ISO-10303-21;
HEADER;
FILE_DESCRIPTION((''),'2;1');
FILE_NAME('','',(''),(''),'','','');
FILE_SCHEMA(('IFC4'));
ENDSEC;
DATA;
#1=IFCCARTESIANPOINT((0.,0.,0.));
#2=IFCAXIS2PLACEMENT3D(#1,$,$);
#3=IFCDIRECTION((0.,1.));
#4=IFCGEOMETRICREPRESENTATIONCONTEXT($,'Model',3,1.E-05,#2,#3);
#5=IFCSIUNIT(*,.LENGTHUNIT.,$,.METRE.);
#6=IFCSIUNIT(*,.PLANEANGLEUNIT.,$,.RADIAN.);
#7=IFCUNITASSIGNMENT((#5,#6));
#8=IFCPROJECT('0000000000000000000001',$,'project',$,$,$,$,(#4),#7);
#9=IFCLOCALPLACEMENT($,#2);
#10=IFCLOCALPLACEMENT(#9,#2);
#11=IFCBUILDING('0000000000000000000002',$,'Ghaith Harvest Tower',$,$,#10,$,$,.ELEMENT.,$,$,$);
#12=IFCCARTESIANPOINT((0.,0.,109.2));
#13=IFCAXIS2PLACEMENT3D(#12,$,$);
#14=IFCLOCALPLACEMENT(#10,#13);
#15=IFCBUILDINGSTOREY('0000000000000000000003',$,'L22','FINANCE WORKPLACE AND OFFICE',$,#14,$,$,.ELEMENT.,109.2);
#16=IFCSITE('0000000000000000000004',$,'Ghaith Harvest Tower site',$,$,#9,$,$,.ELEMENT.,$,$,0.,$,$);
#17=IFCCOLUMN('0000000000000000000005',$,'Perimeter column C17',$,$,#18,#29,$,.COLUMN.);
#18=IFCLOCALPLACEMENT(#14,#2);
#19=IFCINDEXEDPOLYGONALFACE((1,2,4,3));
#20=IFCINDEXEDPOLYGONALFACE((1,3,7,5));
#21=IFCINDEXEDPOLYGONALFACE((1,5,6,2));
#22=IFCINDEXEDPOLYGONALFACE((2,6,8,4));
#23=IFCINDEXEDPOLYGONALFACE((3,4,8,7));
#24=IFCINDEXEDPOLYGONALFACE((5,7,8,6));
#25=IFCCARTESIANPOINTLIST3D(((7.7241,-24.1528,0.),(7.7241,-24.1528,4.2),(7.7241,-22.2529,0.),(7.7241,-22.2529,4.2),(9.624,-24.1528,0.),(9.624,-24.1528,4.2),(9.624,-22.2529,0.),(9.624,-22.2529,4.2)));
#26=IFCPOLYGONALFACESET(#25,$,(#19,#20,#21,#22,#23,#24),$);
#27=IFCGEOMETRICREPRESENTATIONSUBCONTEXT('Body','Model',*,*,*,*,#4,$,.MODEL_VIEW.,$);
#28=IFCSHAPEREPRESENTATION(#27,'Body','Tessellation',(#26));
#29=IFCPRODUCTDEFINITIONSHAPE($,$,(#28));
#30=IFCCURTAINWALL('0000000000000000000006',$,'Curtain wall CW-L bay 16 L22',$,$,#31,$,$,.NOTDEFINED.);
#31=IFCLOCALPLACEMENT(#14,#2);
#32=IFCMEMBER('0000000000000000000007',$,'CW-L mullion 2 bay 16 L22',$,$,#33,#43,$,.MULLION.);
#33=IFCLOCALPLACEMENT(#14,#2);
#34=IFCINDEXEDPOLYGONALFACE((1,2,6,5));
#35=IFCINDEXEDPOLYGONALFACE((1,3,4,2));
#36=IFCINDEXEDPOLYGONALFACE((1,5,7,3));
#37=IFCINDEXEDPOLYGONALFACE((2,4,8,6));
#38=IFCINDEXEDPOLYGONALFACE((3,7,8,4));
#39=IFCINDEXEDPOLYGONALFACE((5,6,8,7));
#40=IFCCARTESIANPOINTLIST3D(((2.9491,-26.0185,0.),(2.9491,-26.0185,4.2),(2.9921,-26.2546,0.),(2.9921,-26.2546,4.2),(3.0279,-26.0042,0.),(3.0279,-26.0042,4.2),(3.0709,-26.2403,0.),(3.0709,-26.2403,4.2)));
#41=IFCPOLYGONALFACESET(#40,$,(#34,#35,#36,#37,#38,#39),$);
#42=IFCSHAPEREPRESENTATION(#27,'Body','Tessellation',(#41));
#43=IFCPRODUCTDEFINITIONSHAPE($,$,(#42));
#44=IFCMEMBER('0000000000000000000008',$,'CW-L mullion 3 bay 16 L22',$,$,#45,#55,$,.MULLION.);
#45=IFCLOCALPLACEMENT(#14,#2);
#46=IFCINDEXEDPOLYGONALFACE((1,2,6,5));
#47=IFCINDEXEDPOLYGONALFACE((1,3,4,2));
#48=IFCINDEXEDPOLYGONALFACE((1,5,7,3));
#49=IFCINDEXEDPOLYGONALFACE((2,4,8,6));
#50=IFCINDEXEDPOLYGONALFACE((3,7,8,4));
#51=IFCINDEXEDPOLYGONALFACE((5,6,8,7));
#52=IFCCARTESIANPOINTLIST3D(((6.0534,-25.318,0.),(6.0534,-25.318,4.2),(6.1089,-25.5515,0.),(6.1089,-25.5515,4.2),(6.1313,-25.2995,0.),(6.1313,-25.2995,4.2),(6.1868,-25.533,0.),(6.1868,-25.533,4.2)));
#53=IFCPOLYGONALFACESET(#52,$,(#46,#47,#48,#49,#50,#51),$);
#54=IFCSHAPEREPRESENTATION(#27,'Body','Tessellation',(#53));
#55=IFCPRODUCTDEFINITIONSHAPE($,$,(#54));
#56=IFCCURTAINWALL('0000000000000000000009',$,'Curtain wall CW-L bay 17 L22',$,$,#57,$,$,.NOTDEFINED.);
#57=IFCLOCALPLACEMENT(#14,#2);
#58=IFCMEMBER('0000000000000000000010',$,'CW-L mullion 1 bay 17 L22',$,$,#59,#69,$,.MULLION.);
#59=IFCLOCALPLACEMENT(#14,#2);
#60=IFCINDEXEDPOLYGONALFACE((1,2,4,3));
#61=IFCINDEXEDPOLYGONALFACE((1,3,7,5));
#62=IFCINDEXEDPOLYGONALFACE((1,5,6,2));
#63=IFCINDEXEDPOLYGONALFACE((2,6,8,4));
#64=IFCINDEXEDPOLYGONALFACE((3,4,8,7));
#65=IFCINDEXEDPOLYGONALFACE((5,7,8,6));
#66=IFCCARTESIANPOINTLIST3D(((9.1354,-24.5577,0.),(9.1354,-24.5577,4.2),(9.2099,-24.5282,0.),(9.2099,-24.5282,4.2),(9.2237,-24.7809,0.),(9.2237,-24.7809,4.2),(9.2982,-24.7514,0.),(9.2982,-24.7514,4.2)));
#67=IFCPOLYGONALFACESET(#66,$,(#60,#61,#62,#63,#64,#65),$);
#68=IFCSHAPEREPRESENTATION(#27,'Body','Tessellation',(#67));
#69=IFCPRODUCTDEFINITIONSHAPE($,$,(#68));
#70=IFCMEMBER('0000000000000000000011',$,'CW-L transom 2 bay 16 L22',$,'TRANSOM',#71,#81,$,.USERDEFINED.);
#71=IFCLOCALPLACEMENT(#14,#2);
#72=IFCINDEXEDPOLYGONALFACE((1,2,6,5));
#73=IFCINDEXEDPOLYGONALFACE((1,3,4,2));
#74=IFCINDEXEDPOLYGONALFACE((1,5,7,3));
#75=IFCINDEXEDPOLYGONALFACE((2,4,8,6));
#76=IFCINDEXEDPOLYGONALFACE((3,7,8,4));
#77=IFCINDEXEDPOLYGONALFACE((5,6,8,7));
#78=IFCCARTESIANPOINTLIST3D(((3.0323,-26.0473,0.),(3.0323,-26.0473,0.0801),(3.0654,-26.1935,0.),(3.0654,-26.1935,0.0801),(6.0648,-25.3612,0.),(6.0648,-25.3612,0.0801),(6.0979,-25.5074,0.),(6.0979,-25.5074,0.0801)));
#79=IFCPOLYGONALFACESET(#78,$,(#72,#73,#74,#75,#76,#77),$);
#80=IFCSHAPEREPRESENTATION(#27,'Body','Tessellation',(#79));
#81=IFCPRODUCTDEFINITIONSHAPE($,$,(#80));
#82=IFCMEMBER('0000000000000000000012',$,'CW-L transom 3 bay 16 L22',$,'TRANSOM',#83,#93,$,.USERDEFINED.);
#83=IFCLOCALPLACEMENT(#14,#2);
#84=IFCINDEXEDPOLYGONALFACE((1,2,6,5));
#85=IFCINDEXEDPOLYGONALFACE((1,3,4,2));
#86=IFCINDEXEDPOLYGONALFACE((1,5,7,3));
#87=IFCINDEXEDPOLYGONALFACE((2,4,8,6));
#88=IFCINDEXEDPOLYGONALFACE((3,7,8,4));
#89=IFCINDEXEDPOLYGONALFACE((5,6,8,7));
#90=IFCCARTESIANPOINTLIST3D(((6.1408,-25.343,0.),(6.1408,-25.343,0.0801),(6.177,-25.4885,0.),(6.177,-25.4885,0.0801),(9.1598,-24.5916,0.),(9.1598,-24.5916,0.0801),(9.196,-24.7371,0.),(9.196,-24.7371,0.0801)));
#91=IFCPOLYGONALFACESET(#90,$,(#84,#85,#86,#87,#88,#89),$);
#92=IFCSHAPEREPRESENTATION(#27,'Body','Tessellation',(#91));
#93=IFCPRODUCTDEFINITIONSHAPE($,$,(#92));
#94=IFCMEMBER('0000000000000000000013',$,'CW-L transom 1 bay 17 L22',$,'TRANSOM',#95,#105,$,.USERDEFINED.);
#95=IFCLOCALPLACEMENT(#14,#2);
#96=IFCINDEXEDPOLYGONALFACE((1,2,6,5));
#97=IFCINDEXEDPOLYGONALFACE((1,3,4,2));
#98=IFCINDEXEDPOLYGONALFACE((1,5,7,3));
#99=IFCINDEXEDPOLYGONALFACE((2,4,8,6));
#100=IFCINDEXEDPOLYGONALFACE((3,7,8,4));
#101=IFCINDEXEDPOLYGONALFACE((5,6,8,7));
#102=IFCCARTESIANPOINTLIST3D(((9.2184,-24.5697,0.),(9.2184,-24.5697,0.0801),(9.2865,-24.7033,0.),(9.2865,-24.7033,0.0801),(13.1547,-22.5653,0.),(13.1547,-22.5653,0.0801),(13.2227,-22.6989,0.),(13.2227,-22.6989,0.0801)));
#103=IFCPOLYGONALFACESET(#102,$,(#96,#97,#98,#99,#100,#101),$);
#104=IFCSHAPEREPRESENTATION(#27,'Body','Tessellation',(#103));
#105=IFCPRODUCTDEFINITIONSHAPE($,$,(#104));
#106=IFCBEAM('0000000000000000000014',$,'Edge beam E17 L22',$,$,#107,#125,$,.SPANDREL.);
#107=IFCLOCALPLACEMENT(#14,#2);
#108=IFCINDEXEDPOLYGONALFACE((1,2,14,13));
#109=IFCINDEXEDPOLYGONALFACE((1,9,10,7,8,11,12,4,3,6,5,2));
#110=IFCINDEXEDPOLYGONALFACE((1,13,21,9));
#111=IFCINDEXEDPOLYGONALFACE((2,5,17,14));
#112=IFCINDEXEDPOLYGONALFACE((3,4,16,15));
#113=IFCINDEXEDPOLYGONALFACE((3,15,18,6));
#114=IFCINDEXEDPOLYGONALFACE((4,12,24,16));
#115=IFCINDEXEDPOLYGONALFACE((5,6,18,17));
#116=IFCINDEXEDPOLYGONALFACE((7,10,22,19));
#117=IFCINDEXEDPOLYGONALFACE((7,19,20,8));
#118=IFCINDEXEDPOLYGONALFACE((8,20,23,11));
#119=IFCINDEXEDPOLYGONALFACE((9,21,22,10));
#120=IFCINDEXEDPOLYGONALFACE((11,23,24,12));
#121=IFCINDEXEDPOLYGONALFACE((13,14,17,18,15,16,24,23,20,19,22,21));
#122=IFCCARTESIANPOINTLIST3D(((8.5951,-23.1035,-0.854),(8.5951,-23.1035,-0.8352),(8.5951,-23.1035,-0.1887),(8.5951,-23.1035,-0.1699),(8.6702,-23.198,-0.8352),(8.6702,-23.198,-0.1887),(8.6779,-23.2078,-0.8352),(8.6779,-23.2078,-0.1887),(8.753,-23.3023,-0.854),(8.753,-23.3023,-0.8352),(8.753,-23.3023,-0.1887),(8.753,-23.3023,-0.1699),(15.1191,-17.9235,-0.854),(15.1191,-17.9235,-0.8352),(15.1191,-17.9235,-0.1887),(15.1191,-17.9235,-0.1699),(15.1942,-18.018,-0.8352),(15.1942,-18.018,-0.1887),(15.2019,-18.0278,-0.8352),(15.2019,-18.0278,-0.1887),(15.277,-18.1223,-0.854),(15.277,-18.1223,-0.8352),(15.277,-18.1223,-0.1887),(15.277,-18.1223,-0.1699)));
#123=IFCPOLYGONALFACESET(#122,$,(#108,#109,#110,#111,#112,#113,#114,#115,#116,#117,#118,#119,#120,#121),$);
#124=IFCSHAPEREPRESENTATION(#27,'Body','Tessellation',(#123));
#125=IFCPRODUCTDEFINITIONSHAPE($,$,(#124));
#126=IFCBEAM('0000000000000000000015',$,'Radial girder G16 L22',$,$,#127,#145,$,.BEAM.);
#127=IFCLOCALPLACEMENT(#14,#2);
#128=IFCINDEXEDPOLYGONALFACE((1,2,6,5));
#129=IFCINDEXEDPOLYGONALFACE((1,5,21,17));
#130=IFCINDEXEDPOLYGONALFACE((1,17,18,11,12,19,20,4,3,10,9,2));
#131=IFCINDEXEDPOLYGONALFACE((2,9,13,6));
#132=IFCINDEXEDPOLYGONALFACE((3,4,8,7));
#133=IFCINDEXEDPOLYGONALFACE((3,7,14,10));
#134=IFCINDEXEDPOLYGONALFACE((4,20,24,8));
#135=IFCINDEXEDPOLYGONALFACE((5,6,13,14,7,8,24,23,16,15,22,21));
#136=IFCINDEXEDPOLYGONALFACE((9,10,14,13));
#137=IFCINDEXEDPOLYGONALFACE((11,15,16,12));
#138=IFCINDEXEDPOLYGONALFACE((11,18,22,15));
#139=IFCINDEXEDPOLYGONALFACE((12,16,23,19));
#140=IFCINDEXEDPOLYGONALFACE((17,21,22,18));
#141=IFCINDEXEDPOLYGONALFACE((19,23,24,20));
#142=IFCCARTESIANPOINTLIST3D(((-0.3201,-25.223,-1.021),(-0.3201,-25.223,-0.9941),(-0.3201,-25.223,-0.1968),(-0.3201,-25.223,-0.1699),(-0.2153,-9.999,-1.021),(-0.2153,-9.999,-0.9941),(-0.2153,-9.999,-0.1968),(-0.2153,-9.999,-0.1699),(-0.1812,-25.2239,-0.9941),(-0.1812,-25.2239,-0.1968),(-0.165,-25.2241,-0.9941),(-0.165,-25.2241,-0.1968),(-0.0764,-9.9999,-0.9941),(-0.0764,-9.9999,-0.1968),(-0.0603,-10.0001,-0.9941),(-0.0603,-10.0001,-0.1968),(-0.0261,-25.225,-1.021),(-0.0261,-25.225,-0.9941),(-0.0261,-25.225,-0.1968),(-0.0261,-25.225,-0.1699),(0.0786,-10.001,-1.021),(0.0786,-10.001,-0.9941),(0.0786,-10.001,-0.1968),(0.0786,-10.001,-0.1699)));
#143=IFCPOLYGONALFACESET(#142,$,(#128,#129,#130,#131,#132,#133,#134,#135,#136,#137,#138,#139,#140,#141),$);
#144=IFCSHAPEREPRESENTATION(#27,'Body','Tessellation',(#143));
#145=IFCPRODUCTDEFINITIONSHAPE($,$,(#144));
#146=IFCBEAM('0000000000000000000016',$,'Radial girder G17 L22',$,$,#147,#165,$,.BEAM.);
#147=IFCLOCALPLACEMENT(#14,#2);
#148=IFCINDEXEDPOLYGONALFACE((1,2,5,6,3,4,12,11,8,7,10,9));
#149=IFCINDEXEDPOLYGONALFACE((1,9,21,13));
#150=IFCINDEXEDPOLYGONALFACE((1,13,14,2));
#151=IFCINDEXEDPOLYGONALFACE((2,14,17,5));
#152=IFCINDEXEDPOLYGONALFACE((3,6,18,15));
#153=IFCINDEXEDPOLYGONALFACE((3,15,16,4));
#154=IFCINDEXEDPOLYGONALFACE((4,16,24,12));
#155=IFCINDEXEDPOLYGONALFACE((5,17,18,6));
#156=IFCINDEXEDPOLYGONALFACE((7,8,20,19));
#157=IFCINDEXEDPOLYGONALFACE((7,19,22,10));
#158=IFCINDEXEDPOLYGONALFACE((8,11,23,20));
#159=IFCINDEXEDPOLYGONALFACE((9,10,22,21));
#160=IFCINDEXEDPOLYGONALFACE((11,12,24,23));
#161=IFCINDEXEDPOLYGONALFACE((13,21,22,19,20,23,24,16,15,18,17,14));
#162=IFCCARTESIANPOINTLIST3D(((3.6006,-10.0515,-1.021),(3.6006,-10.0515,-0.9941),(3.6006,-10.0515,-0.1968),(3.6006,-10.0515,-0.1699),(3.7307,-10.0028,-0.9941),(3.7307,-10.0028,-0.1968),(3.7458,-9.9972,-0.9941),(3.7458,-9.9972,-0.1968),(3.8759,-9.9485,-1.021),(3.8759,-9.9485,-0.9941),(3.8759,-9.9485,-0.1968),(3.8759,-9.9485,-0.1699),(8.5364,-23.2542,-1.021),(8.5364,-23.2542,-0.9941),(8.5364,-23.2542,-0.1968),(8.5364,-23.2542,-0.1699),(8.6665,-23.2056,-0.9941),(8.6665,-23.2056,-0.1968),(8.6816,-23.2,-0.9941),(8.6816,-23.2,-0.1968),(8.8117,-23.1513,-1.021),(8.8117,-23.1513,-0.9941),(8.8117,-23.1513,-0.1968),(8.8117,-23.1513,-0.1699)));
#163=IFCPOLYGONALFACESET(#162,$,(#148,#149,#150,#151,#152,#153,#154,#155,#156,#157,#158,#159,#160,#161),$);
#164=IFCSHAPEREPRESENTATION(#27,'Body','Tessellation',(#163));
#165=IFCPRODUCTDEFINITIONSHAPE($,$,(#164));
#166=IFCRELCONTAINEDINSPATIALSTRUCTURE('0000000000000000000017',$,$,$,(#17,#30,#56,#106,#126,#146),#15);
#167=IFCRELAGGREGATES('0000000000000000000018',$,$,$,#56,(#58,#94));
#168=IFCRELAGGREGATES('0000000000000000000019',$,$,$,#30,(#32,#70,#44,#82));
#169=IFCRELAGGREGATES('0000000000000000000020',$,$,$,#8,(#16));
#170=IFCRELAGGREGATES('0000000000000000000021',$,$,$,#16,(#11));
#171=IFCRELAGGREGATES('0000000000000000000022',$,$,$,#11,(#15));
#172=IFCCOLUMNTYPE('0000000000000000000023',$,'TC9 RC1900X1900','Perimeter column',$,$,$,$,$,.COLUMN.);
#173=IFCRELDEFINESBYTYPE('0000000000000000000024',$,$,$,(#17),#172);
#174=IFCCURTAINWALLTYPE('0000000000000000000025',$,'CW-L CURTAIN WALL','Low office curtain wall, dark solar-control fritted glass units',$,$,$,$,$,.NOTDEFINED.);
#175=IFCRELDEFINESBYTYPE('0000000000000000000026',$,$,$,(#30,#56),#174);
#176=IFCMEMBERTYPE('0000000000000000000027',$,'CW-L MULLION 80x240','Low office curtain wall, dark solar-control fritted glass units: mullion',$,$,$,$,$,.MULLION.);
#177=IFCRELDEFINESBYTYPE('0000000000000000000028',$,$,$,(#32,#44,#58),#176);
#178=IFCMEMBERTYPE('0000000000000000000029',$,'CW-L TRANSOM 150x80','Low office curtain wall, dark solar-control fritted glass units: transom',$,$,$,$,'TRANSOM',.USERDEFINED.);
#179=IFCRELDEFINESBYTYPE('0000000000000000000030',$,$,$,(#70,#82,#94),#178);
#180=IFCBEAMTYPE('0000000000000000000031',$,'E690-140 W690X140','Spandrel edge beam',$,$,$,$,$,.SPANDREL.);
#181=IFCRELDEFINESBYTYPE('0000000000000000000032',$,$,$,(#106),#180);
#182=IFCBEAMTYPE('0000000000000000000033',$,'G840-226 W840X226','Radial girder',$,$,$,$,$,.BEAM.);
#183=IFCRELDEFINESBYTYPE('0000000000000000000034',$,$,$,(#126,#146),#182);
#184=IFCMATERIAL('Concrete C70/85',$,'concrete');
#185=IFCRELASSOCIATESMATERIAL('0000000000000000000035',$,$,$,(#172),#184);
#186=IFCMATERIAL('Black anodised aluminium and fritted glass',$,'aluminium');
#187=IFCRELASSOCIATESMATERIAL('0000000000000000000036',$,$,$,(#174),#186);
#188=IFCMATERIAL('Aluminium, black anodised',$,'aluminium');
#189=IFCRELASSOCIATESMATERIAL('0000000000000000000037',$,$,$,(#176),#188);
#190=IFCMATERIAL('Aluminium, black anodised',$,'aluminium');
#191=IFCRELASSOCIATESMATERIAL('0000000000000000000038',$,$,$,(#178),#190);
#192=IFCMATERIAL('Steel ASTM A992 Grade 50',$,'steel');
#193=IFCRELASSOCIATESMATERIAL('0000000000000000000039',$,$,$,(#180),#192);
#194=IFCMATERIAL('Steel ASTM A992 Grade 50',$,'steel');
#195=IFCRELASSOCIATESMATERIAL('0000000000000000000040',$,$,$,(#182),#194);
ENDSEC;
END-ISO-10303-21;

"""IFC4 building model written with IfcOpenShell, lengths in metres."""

from ifc_helpers import new_model, si_unit, direction, frame, origin, origin_2d, place, context, subcontext, project, spatial, rectangle, i_section, extrude, material, material_profile, profile_set, type_object, element, aggregate, save


model = new_model("IFC4")

# Units and contexts
model_context = context("Model", 3, precision=1e-05, world=origin(), true_north=direction((0.0, 1.0)))
body_context = subcontext(model_context, "Body", "Model", "MODEL_VIEW")
ifc_project = project(units=[si_unit("LENGTHUNIT", "METRE"), si_unit("PLANEANGLEUNIT", "RADIAN")], contexts=[model_context])

# Site, building, storey
site_placement = place(None, origin())
site = spatial("IfcSite", under=ifc_project, at=site_placement, Name="Ghaith Harvest Tower site", CompositionType="ELEMENT", RefElevation=0.0)
building_placement = place(site_placement, origin())
building = spatial("IfcBuilding", under=site, at=building_placement, Name="Ghaith Harvest Tower", CompositionType="ELEMENT")
storey_placement = place(building_placement, frame((0.0, 0.0, 109.2)))
storey = spatial("IfcBuildingStorey", under=building, at=storey_placement, Name="L22", Description="FINANCE WORKPLACE AND OFFICE", CompositionType="ELEMENT", Elevation=109.2)

# Column
ifc_material_1 = material(Name="Concrete C70/85", Category="concrete")
ifc_material_profile_1 = material_profile(ifc_material_1, rectangle(XDim=1.8999, YDim=1.8999, at=origin_2d()), Name="RC1900X1900")
ifc_profile_set_1 = profile_set([ifc_material_profile_1], Name="Concrete C70/85")
column_type = type_object("IfcColumnType", Name="TC9 RC1900X1900", Description="Perimeter column", PredefinedType="COLUMN", material=ifc_profile_set_1)
column_placement = place(storey_placement, frame((8.6741, -23.2029, 0.0), z_axis=(0.0, 0.0, 1.0), x_axis=(1.0, 0.0, 0.0)))
element("IfcColumn", 1, at=column_placement, inside=storey, type_object=column_type, Name="Perimeter column C17", PredefinedType="COLUMN", context=body_context, shape_type="SweptSolid", body=[
    extrude(rectangle(XDim=1.8999, YDim=1.8999, at=origin_2d()), origin(), (0.0, 0.0, 1.0), 4.2),
])

# Curtain wall, members
ifc_material_2 = material(Name="Black anodised aluminium and fritted glass", Category="aluminium")
curtain_wall_type = type_object("IfcCurtainWallType", Name="CW-L CURTAIN WALL", Description="Low office curtain wall, dark solar-control fritted glass units", PredefinedType="NOTDEFINED", material=ifc_material_2)
curtain_wall_1_placement = place(storey_placement, origin())
curtain_wall_1 = element("IfcCurtainWall", 2, at=curtain_wall_1_placement, inside=storey, type_object=curtain_wall_type, Name="Curtain wall CW-L bay 16 L22", PredefinedType="NOTDEFINED")
ifc_material_3 = material(Name="Aluminium, black anodised", Category="aluminium")
ifc_material_profile_2 = material_profile(ifc_material_3, rectangle(XDim=0.0801, YDim=0.24, at=origin_2d()), Name="CW-L MULLION 80x240")
ifc_profile_set_2 = profile_set([ifc_material_profile_2], Name="Aluminium, black anodised")
member_type_1 = type_object("IfcMemberType", Name="CW-L MULLION 80x240", Description="Low office curtain wall, dark solar-control fritted glass units: mullion", PredefinedType="MULLION", material=ifc_profile_set_2)
member_1_placement = place(storey_placement, frame((3.01, -26.1294, 0.0), z_axis=(0.0, 0.0, 1.0), x_axis=(0.983806, 0.179235, 0.0)))
member_1 = element("IfcMember", 3, at=member_1_placement, type_object=member_type_1, Name="CW-L mullion 2 bay 16 L22", PredefinedType="MULLION", context=body_context, shape_type="SweptSolid", body=[
    extrude(rectangle(XDim=0.0801, YDim=0.24, at=origin_2d()), origin(), (0.0, 0.0, 1.0), 4.2),
])
member_2_placement = place(storey_placement, frame((6.1201, -25.4255, 0.0), z_axis=(0.0, 0.0, 1.0), x_axis=(0.972918, 0.23115, 0.0)))
member_2 = element("IfcMember", 4, at=member_2_placement, type_object=member_type_1, Name="CW-L mullion 3 bay 16 L22", PredefinedType="MULLION", context=body_context, shape_type="SweptSolid", body=[
    extrude(rectangle(XDim=0.0801, YDim=0.24, at=origin_2d()), origin(), (0.0, 0.0, 1.0), 4.2),
])

# Curtain wall, member
curtain_wall_2_placement = place(storey_placement, origin())
curtain_wall_2 = element("IfcCurtainWall", 5, at=curtain_wall_2_placement, inside=storey, type_object=curtain_wall_type, Name="Curtain wall CW-L bay 17 L22", PredefinedType="NOTDEFINED")
member_3_placement = place(storey_placement, frame((9.2168, -24.6545, 0.0), z_axis=(0.0, 0.0, 1.0), x_axis=(0.929832, 0.367985, 0.0)))
member_3 = element("IfcMember", 6, at=member_3_placement, type_object=member_type_1, Name="CW-L mullion 1 bay 17 L22", PredefinedType="MULLION", context=body_context, shape_type="SweptSolid", body=[
    extrude(rectangle(XDim=0.0801, YDim=0.24, at=origin_2d()), origin(), (0.0, 0.0, 1.0), 4.2),
])

# Members
ifc_material_4 = material(Name="Aluminium, black anodised", Category="aluminium")
ifc_material_profile_3 = material_profile(ifc_material_4, rectangle(XDim=0.1499, YDim=0.0801, at=origin_2d()), Name="CW-L TRANSOM 150x80")
ifc_profile_set_3 = profile_set([ifc_material_profile_3], Name="Aluminium, black anodised")
member_type_2 = type_object("IfcMemberType", Name="CW-L TRANSOM 150x80", Description="Low office curtain wall, dark solar-control fritted glass units: transom", ElementType="TRANSOM", PredefinedType="USERDEFINED", material=ifc_profile_set_3)
member_4_placement = place(storey_placement, frame((3.0488, -26.1204, 0.04), z_axis=(0.975352, 0.220654, 0.0), x_axis=(-0.220654, 0.975352, 0.0)))
member_4 = element("IfcMember", 7, at=member_4_placement, type_object=member_type_2, Name="CW-L transom 2 bay 16 L22", ObjectType="TRANSOM", PredefinedType="USERDEFINED", context=body_context, shape_type="SweptSolid", body=[
    extrude(rectangle(XDim=0.1499, YDim=0.0801, at=origin_2d()), origin(), (0.0, 0.0, 1.0), 3.1091),
])
member_5_placement = place(storey_placement, frame((6.1589, -25.4158, 0.04), z_axis=(0.970391, 0.241538, 0.0), x_axis=(-0.241538, 0.970391, 0.0)))
member_5 = element("IfcMember", 8, at=member_5_placement, type_object=member_type_2, Name="CW-L transom 3 bay 16 L22", ObjectType="TRANSOM", PredefinedType="USERDEFINED", context=body_context, shape_type="SweptSolid", body=[
    extrude(rectangle(XDim=0.1499, YDim=0.0801, at=origin_2d()), origin(), (0.0, 0.0, 1.0), 3.1111),
])
member_6_placement = place(storey_placement, frame((9.2524, -24.6365, 0.04), z_axis=(0.89112, 0.453768, 0.0), x_axis=(-0.453768, 0.89112, 0.0)))
member_6 = element("IfcMember", 9, at=member_6_placement, type_object=member_type_2, Name="CW-L transom 1 bay 17 L22", ObjectType="TRANSOM", PredefinedType="USERDEFINED", context=body_context, shape_type="SweptSolid", body=[
    extrude(rectangle(XDim=0.1499, YDim=0.0801, at=origin_2d()), origin(), (0.0, 0.0, 1.0), 4.4172),
])
aggregate(curtain_wall_2, [member_3, member_6])

# Beams
ifc_material_5 = material(Name="Steel ASTM A992 Grade 50", Category="steel")
ifc_material_profile_4 = material_profile(ifc_material_5, i_section(OverallWidth=0.2539, OverallDepth=0.6841, WebThickness=0.0125, FlangeThickness=0.0188, at=origin_2d()), Name="W690X140")
ifc_profile_set_4 = profile_set([ifc_material_profile_4], Name="Steel ASTM A992 Grade 50")
beam_type_1 = type_object("IfcBeamType", Name="E690-140 W690X140", Description="Spandrel edge beam", PredefinedType="SPANDREL", material=ifc_profile_set_4)
beam_1_placement = place(storey_placement, frame((8.6741, -23.2029, -0.512), z_axis=(0.78316, 0.621821, 0.0), x_axis=(-0.621821, 0.78316, 0.0)))
element("IfcBeam", 10, at=beam_1_placement, inside=storey, type_object=beam_type_1, Name="Edge beam E17 L22", PredefinedType="SPANDREL", context=body_context, shape_type="SweptSolid", body=[
    extrude(i_section(OverallWidth=0.2539, OverallDepth=0.6841, WebThickness=0.0125, FlangeThickness=0.0188, at=origin_2d()), origin(), (0.0, 0.0, 1.0), 8.3303),
])
ifc_material_6 = material(Name="Steel ASTM A992 Grade 50", Category="steel")
ifc_material_profile_5 = material_profile(ifc_material_6, i_section(OverallWidth=0.2939, OverallDepth=0.8511, WebThickness=0.0161, FlangeThickness=0.0269, at=origin_2d()), Name="W840X226")
ifc_profile_set_5 = profile_set([ifc_material_profile_5], Name="Steel ASTM A992 Grade 50")
beam_type_2 = type_object("IfcBeamType", Name="G840-226 W840X226", Description="Radial girder", PredefinedType="BEAM", material=ifc_profile_set_5)
beam_2_placement = place(storey_placement, frame((-0.0684, -10.0, -0.5955), z_axis=(-0.006879, -0.999976, 0.0), x_axis=(0.999976, -0.006879, 0.0)))
element("IfcBeam", 11, at=beam_2_placement, inside=storey, type_object=beam_type_2, Name="Radial girder G16 L22", PredefinedType="BEAM", context=body_context, shape_type="SweptSolid", body=[
    extrude(i_section(OverallWidth=0.2939, OverallDepth=0.8511, WebThickness=0.0161, FlangeThickness=0.0269, at=origin_2d()), origin(), (0.0, 0.0, 1.0), 15.2244),
])
beam_3_placement = place(storey_placement, frame((3.7383, -10.0, -0.5955), z_axis=(0.350172, -0.936685, 0.0), x_axis=(0.936685, 0.350172, 0.0)))
element("IfcBeam", 12, at=beam_3_placement, inside=storey, type_object=beam_type_2, Name="Radial girder G17 L22", PredefinedType="BEAM", context=body_context, shape_type="SweptSolid", body=[
    extrude(i_section(OverallWidth=0.2939, OverallDepth=0.8511, WebThickness=0.0161, FlangeThickness=0.0269, at=origin_2d()), origin(), (0.0, 0.0, 1.0), 14.0952),
])

aggregate(curtain_wall_1, [member_1, member_4, member_2, member_5])

save(model, "model.ifc")
